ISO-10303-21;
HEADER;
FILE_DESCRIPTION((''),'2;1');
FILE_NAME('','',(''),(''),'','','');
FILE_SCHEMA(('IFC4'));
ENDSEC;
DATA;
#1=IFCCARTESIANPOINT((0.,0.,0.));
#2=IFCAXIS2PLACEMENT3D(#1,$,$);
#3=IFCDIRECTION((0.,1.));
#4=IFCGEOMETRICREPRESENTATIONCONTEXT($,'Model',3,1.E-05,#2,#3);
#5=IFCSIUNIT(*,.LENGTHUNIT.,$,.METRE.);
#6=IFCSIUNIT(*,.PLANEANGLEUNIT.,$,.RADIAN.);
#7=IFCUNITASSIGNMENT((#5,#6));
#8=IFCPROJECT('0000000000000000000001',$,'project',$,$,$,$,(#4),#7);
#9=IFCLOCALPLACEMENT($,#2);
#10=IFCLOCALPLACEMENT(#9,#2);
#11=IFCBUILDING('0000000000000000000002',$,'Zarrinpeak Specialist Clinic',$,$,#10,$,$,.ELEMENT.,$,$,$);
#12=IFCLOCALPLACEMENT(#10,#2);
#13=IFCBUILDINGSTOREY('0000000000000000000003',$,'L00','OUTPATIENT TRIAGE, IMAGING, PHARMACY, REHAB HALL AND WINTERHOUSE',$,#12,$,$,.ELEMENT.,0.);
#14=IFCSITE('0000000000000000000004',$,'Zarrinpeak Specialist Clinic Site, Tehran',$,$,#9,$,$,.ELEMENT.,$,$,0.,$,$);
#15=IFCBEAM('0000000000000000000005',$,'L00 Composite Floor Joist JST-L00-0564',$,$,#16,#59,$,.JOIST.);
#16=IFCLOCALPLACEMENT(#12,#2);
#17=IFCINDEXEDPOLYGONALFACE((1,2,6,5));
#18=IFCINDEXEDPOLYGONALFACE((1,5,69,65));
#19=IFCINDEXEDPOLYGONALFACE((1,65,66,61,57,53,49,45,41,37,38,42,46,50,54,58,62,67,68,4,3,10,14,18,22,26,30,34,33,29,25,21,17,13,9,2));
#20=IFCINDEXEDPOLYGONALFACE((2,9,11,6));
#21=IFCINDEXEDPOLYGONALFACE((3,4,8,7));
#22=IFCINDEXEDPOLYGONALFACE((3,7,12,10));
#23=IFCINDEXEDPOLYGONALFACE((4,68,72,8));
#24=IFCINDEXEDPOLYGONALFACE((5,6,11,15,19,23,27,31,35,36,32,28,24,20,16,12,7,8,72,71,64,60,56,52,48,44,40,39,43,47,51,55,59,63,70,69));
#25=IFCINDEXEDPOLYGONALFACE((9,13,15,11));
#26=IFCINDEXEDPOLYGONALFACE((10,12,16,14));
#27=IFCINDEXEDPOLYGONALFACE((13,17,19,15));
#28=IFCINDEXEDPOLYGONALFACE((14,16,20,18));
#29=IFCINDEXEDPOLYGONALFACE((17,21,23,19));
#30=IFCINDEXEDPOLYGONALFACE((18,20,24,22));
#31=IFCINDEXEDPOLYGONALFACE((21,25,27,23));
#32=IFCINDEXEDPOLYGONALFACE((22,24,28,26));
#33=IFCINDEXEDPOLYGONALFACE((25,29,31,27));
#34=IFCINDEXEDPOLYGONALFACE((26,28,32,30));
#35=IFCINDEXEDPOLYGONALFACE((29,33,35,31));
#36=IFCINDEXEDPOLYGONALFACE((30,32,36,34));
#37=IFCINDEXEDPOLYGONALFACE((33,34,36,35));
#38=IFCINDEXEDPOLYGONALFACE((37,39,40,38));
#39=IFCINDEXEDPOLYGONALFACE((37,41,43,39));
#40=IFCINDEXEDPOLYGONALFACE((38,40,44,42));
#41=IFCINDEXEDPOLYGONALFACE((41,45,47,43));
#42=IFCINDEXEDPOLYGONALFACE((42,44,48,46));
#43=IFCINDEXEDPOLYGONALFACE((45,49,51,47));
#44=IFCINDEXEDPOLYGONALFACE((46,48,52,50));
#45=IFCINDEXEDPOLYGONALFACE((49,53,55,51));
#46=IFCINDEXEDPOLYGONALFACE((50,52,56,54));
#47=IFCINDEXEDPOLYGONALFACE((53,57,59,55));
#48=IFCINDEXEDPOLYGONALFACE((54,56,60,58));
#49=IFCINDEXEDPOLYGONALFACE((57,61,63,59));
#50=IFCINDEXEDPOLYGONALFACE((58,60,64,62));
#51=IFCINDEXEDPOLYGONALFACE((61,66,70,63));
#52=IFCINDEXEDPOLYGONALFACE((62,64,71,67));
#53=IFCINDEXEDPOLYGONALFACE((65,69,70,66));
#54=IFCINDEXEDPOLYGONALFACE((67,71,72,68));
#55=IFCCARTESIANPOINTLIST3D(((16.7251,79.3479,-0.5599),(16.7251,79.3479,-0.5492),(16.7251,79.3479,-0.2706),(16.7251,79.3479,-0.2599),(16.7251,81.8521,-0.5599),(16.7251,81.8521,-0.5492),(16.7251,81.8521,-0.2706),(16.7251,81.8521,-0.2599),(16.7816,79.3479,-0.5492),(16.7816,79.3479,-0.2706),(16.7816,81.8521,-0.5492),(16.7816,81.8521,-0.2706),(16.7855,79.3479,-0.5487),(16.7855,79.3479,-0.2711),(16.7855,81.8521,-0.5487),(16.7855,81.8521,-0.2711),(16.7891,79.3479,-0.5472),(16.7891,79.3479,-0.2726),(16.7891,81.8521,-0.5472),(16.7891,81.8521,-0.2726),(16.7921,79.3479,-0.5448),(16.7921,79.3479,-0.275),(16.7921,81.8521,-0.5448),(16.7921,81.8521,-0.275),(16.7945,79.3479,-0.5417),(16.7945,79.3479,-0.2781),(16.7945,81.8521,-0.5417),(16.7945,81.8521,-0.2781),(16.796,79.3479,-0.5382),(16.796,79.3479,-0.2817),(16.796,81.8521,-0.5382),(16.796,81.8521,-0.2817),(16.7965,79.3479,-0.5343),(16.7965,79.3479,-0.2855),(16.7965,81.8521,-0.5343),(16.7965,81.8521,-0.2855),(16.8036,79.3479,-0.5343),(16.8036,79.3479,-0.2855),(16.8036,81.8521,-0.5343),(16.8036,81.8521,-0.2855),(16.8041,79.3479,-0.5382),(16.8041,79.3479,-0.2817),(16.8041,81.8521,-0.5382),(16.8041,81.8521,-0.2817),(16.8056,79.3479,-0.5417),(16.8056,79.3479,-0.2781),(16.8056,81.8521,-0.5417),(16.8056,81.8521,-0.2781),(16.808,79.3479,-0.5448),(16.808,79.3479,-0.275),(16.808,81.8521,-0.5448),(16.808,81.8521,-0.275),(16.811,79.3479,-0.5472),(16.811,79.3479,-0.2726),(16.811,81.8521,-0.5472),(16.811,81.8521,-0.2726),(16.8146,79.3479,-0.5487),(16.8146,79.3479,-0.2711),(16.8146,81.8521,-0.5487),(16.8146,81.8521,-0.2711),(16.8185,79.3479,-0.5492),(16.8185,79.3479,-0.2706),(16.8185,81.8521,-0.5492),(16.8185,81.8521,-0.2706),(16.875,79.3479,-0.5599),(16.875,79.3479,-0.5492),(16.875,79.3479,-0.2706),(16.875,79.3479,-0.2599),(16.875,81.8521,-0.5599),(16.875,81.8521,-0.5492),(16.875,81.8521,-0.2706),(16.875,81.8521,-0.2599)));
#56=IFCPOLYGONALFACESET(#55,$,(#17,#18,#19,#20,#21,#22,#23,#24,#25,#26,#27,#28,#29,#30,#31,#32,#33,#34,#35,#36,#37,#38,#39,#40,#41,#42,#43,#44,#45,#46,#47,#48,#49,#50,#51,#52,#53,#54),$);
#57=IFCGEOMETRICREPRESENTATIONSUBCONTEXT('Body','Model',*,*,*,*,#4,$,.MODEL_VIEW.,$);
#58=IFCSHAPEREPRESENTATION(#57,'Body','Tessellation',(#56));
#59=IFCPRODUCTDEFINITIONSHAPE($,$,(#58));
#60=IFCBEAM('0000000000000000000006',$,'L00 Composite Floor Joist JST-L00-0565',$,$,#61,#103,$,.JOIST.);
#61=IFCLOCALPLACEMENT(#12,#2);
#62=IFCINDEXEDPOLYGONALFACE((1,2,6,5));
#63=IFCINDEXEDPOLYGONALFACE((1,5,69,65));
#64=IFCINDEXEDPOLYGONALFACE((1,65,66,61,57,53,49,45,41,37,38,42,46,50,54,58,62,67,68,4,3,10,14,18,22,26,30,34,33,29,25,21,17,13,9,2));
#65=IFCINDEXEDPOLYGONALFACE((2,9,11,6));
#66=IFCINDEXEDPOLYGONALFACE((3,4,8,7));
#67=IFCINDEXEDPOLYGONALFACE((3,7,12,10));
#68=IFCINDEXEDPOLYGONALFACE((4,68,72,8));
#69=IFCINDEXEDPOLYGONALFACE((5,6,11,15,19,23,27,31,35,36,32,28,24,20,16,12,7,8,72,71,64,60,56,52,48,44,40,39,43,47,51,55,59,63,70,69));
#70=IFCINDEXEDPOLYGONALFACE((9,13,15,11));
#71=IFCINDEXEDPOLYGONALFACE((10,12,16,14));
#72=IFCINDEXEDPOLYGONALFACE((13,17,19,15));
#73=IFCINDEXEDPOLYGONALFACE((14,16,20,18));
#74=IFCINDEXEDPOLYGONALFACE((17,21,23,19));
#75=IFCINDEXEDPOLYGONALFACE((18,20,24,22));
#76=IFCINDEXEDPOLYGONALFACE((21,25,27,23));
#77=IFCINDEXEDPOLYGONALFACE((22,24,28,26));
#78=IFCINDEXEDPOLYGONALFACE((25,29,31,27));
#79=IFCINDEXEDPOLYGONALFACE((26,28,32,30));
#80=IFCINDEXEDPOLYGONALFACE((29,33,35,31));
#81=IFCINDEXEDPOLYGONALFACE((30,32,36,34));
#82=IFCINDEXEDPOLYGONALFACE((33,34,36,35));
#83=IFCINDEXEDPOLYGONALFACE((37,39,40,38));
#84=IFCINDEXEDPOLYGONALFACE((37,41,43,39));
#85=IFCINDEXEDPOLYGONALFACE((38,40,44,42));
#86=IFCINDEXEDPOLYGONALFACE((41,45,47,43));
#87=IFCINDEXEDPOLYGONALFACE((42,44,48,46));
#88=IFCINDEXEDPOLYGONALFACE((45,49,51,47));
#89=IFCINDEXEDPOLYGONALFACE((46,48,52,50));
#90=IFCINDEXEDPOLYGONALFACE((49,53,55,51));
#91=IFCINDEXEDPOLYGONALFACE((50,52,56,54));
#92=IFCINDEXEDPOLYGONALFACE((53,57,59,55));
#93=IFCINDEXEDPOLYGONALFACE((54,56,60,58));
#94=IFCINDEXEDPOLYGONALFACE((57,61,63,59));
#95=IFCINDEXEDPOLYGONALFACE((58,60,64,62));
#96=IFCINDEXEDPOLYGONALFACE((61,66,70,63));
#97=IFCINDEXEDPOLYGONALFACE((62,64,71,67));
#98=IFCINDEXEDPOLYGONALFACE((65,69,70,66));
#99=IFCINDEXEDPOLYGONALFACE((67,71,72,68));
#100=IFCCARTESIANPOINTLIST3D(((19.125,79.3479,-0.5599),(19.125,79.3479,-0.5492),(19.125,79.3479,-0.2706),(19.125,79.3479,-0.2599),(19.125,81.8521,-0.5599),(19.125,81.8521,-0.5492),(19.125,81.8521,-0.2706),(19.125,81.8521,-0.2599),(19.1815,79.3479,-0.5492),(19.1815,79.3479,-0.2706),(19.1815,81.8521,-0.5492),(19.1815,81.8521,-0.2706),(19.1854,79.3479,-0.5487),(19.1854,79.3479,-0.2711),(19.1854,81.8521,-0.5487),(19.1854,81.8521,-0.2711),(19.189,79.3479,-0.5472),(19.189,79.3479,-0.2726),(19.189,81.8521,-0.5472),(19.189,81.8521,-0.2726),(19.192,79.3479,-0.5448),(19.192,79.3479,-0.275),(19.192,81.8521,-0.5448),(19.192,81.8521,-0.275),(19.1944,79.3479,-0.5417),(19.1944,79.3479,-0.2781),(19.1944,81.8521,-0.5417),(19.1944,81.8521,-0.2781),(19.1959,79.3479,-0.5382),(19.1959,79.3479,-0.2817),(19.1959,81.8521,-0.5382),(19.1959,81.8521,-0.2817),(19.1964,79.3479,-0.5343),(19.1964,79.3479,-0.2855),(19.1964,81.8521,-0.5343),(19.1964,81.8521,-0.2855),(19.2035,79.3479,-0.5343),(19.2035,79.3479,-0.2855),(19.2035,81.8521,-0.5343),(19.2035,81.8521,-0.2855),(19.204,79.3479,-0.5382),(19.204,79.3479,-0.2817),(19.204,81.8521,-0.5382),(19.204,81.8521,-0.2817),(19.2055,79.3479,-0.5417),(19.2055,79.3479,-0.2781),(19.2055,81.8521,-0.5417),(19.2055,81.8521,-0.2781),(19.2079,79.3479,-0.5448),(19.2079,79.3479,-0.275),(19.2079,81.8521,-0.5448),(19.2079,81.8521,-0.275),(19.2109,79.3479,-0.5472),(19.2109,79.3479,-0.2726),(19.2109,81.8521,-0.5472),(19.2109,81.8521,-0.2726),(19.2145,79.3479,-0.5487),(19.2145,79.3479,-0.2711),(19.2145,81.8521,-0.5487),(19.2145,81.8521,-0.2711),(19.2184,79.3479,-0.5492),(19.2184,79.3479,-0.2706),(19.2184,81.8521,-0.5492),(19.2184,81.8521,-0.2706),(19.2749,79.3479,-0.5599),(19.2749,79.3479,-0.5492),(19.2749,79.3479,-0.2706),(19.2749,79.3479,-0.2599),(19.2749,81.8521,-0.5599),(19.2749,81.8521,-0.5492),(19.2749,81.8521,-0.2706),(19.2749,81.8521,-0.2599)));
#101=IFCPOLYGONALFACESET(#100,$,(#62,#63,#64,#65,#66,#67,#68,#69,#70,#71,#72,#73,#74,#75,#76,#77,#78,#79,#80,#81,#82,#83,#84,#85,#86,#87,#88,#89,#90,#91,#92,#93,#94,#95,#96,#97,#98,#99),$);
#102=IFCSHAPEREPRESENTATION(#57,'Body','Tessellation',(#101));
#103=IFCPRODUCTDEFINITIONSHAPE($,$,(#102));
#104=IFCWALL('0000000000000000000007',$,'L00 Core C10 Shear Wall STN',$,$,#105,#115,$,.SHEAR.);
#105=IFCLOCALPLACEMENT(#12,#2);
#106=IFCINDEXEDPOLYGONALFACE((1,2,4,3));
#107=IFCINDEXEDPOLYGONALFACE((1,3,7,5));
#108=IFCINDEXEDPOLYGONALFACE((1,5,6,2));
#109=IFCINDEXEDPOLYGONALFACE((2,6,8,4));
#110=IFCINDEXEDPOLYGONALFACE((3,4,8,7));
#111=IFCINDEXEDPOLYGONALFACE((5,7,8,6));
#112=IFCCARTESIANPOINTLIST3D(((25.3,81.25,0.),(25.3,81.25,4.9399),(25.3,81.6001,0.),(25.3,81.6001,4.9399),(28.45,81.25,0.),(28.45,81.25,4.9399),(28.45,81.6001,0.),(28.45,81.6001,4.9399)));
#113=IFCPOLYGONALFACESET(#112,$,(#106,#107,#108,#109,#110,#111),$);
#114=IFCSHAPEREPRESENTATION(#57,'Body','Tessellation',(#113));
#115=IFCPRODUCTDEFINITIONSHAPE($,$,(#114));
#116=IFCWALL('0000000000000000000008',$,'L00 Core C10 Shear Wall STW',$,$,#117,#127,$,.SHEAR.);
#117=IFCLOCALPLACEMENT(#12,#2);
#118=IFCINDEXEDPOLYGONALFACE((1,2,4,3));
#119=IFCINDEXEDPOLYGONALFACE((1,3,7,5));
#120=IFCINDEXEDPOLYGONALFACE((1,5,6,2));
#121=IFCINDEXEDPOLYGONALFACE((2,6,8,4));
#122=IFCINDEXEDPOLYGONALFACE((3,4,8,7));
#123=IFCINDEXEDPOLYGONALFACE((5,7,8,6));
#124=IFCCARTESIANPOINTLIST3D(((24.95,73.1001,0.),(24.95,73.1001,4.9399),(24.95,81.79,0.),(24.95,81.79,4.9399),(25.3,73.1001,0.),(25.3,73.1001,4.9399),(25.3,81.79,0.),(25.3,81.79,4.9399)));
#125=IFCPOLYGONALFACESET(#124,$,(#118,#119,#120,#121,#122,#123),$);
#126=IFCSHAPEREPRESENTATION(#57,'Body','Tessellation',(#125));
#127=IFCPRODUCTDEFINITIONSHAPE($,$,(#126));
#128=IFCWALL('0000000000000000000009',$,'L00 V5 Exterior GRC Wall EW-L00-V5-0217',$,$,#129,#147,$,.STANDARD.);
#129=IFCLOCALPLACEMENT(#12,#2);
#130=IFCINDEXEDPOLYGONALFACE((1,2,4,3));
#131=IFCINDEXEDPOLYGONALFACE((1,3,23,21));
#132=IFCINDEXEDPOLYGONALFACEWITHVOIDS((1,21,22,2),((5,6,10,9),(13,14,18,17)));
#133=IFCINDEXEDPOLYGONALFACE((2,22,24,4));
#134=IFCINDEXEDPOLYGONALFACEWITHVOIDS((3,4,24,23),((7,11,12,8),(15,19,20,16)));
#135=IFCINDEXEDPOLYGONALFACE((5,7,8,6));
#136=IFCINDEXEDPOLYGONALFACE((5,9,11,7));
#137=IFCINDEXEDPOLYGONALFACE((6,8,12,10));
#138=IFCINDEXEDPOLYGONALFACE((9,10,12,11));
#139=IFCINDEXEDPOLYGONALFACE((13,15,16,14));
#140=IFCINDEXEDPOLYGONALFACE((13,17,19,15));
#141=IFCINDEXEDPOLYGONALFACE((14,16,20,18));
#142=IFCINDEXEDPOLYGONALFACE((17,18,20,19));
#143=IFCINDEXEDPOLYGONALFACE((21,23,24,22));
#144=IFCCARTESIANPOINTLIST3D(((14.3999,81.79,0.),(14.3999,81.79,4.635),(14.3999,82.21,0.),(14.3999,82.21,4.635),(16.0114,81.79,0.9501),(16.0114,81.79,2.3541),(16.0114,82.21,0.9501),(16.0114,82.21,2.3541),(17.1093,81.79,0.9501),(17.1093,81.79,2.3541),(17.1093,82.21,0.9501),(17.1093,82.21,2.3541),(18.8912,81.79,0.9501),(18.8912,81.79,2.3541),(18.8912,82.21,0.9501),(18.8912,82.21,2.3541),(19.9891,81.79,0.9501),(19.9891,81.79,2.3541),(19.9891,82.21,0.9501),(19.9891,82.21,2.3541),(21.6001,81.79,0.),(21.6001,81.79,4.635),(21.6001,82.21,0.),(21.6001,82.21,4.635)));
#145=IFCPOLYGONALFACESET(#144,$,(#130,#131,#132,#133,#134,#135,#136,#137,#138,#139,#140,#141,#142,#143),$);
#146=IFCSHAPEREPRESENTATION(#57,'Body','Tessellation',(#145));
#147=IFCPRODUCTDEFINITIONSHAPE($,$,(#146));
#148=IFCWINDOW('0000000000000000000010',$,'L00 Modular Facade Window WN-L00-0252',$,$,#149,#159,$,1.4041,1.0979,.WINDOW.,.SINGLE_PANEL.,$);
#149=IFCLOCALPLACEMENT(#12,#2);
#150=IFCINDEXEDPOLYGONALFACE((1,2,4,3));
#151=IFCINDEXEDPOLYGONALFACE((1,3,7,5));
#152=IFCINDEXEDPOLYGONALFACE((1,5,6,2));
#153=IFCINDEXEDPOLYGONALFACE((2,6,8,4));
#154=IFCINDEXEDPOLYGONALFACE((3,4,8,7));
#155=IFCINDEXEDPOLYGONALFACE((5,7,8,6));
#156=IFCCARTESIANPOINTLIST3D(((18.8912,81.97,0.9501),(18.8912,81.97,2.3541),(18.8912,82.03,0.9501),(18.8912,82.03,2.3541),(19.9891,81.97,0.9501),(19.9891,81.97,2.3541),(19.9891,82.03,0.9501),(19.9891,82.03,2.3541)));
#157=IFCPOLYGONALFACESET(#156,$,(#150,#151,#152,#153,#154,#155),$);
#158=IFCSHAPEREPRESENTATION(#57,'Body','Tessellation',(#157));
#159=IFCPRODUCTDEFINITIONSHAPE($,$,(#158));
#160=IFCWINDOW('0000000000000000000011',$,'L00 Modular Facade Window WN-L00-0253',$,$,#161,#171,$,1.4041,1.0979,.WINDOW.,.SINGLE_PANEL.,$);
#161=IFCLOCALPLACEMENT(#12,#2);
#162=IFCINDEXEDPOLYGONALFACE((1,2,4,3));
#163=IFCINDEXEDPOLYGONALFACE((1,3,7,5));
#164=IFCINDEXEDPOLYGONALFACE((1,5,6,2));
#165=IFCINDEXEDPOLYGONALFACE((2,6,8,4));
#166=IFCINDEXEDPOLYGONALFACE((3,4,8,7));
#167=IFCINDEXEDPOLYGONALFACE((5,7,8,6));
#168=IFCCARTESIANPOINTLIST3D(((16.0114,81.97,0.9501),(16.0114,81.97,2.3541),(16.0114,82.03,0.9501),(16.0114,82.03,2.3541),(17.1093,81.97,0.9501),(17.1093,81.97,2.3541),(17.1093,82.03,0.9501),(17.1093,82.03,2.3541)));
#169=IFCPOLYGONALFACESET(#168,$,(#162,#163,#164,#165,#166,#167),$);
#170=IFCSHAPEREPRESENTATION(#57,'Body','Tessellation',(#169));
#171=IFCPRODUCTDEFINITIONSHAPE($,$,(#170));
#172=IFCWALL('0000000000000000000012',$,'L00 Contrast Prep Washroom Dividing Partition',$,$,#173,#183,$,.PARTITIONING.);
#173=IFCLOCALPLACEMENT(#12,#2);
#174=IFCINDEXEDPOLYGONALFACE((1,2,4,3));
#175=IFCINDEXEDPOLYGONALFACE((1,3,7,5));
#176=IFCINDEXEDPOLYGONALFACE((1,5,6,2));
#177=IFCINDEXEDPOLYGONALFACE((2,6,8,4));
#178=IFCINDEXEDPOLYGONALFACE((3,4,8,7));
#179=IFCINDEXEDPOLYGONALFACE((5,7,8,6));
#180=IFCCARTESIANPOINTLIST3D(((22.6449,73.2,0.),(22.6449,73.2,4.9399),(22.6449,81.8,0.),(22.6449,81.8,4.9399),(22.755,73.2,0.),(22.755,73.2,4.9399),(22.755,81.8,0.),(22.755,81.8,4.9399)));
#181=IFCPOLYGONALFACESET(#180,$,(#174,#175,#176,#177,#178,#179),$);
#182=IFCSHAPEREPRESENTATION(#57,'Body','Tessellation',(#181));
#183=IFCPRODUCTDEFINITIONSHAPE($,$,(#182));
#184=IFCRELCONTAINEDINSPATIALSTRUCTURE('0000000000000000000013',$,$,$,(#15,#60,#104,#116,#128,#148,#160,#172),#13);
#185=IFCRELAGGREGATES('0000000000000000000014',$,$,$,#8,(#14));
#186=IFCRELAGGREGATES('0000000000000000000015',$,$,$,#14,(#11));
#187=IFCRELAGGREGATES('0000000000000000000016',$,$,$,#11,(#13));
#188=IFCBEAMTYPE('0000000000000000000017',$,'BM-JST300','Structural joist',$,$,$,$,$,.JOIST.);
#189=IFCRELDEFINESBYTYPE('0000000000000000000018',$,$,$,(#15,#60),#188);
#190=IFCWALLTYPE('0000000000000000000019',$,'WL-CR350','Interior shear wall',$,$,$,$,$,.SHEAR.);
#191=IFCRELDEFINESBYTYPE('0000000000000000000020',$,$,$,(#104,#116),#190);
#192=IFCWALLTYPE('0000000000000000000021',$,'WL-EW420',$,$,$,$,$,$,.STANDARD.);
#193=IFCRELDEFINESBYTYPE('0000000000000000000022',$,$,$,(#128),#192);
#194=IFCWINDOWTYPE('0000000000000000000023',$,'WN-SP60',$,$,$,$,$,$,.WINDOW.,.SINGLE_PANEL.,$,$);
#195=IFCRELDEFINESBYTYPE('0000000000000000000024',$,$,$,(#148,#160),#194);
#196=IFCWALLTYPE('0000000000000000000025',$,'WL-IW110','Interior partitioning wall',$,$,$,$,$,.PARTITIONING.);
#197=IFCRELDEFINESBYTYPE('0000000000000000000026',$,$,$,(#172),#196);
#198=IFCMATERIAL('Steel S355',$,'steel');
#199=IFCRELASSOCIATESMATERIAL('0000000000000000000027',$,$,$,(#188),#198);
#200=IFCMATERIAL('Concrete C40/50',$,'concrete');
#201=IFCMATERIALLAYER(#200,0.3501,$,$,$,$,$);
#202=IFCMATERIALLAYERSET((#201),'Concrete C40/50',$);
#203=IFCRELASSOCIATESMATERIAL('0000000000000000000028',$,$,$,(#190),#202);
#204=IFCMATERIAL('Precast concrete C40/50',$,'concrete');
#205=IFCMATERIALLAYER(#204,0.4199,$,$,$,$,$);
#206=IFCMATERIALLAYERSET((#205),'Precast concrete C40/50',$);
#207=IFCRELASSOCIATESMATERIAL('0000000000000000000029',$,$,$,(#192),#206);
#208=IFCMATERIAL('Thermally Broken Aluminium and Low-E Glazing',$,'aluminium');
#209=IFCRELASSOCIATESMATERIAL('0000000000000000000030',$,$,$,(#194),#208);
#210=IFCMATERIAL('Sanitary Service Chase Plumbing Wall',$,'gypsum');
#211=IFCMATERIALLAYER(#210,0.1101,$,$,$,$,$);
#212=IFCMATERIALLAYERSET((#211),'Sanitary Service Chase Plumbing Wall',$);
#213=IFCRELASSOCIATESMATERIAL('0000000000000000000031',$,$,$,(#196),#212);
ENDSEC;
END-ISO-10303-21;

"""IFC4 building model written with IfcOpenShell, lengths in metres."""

from ifc_helpers import new_model, si_unit, direction, frame, frame_2d, origin, origin_2d, place, context, subcontext, project, spatial, rectangle, i_section, extrude, material, layer, layer_set, material_profile, profile_set, type_object, element, fill, save


model = new_model("IFC4")

# Units and contexts
model_context = context("Model", 3, precision=1e-05, world=origin(), true_north=direction((0.0, 1.0)))
body_context = subcontext(model_context, "Body", "Model", "MODEL_VIEW")
ifc_project = project(units=[si_unit("LENGTHUNIT", "METRE"), si_unit("PLANEANGLEUNIT", "RADIAN")], contexts=[model_context])

# Site, building, storey
site_placement = place(None, origin())
site = spatial("IfcSite", under=ifc_project, at=site_placement, Name="Zarrinpeak Specialist Clinic Site, Tehran", CompositionType="ELEMENT", RefElevation=0.0)
building_placement = place(site_placement, origin())
building = spatial("IfcBuilding", under=site, at=building_placement, Name="Zarrinpeak Specialist Clinic", CompositionType="ELEMENT")
storey_placement = place(building_placement, origin())
storey = spatial("IfcBuildingStorey", under=building, at=storey_placement, Name="L00", Description="OUTPATIENT TRIAGE, IMAGING, PHARMACY, REHAB HALL AND WINTERHOUSE", CompositionType="ELEMENT", Elevation=0.0)

# Shared definitions
ifc_material_1 = material(Name="Steel S355", Category="steel")

# Beams
ifc_material_profile_1 = material_profile(ifc_material_1, i_section(OverallWidth=0.1499, OverallDepth=0.3, WebThickness=0.0071, FlangeThickness=0.0107, FilletRadius=0.0149, at=origin_2d()), Name="IPE 300")
ifc_profile_set_1 = profile_set([ifc_material_profile_1], Name="Steel S355")
beam_type_1 = type_object("IfcBeamType", Name="BM-JST300", Description="Structural joist", PredefinedType="JOIST", material=ifc_profile_set_1)
for number, where, z_axis, x_axis, name in (
    (1, (16.8, 79.3479, -0.4099), (0.0, 1.0, 0.0), (-1.0, 0.0, 0.0), "L00 Composite Floor Joist JST-L00-0564"),
    (2, (19.2, 79.3479, -0.4099), (0.0, 1.0, 0.0), (-1.0, 0.0, 0.0), "L00 Composite Floor Joist JST-L00-0565"),
):
    element("IfcBeam", number, at=place(storey_placement, frame(where, z_axis=z_axis, x_axis=x_axis)), inside=storey, type_object=beam_type_1, Name=name, PredefinedType="JOIST", context=body_context, shape_type="SweptSolid", body=[
        extrude(i_section(OverallWidth=0.1499, OverallDepth=0.3, WebThickness=0.0071, FlangeThickness=0.0107, FilletRadius=0.0149, at=origin_2d()), origin(), (0.0, 0.0, 1.0), 2.5042),
    ])

# Shared definitions
ifc_material_2 = material(Name="Concrete C40/50", Category="concrete")
ifc_layer_1 = layer(ifc_material_2, 0.3501)
ifc_layer_set_1 = layer_set([ifc_layer_1], Name="Concrete C40/50")
wall_type_1 = type_object("IfcWallType", Name="WL-CR350", Description="Interior shear wall", PredefinedType="SHEAR", material=ifc_layer_set_1)

# Walls
wall_1_placement = place(storey_placement, frame((25.3, 81.425, 0.0), z_axis=(0.0, 0.0, 1.0), x_axis=(1.0, 0.0, 0.0)))
element("IfcWall", 3, at=wall_1_placement, inside=storey, type_object=wall_type_1, Name="L00 Core C10 Shear Wall STN", PredefinedType="SHEAR", context=body_context, shape_type="SweptSolid", body=[
    extrude(rectangle(XDim=3.1499, YDim=0.3501, at=frame_2d((1.575, 0.0))), origin(), (0.0, 0.0, 1.0), 4.9399),
])
wall_2_placement = place(storey_placement, frame((25.125, 73.1001, 0.0), z_axis=(0.0, 0.0, 1.0), x_axis=(0.0, 1.0, 0.0)))
element("IfcWall", 4, at=wall_2_placement, inside=storey, type_object=wall_type_1, Name="L00 Core C10 Shear Wall STW", PredefinedType="SHEAR", context=body_context, shape_type="SweptSolid", body=[
    extrude(rectangle(XDim=8.6899, YDim=0.3501, at=frame_2d((4.345, 0.0))), origin(), (0.0, 0.0, 1.0), 4.9399),
])

# Wall, openings, windows
ifc_material_3 = material(Name="Precast concrete C40/50", Category="concrete")
ifc_layer_2 = layer(ifc_material_3, 0.4199)
ifc_layer_set_2 = layer_set([ifc_layer_2], Name="Precast concrete C40/50")
wall_type_2 = type_object("IfcWallType", Name="WL-EW420", PredefinedType="STANDARD", material=ifc_layer_set_2)
wall_3_placement = place(storey_placement, frame((21.6001, 82.0, 0.0), z_axis=(0.0, 0.0, 1.0), x_axis=(-1.0, 0.0, 0.0)))
wall_3 = element("IfcWall", 5, at=wall_3_placement, inside=storey, type_object=wall_type_2, Name="L00 V5 Exterior GRC Wall EW-L00-V5-0217", PredefinedType="STANDARD", context=body_context, shape_type="SweptSolid", body=[
    extrude(rectangle(XDim=7.2002, YDim=0.4199, at=frame_2d((3.6001, 0.0))), origin(), (0.0, 0.0, 1.0), 4.635),
])
opening_1_placement = place(wall_3_placement, frame((1.6111, 0.0, 0.95)))
opening_1 = element("IfcOpeningElement", 6, at=opening_1_placement, cuts=wall_3, PredefinedType="OPENING", context=body_context, shape_type="SweptSolid", body=[
    extrude(rectangle(XDim=1.0979, YDim=1.4041, at=frame_2d((0.5488, 0.7021))), frame((0.0, 0.22, 0.0), z_axis=(0.0, -1.0, 0.0), x_axis=(1.0, 0.0, 0.0)), (0.0, 0.0, 1.0), 0.4399),
])
opening_2_placement = place(wall_3_placement, frame((4.491, 0.0, 0.95)))
opening_2 = element("IfcOpeningElement", 7, at=opening_2_placement, cuts=wall_3, PredefinedType="OPENING", context=body_context, shape_type="SweptSolid", body=[
    extrude(rectangle(XDim=1.0979, YDim=1.4041, at=frame_2d((0.5488, 0.7021))), frame((0.0, 0.22, 0.0), z_axis=(0.0, -1.0, 0.0), x_axis=(1.0, 0.0, 0.0)), (0.0, 0.0, 1.0), 0.4399),
])
ifc_material_4 = material(Name="Thermally Broken Aluminium and Low-E Glazing", Category="aluminium")
window_type = type_object("IfcWindowType", Name="WN-SP60", PartitioningType="SINGLE_PANEL", PredefinedType="WINDOW", material=ifc_material_4)
window_1_placement = place(opening_1_placement, origin())
window_1 = element("IfcWindow", 8, at=window_1_placement, inside=storey, type_object=window_type, Name="L00 Modular Facade Window WN-L00-0252", OverallHeight=1.4041, OverallWidth=1.0979, PartitioningType="SINGLE_PANEL", PredefinedType="WINDOW", context=body_context, shape_type="SweptSolid", body=[
    extrude(rectangle(XDim=1.0979, YDim=1.4041, at=frame_2d((0.5488, 0.7021))), frame((0.0, 0.03, 0.0), z_axis=(0.0, -1.0, 0.0), x_axis=(1.0, 0.0, 0.0)), (0.0, 0.0, 1.0), 0.0601),
])
fill(opening_1, window_1)
window_2_placement = place(opening_2_placement, origin())
window_2 = element("IfcWindow", 9, at=window_2_placement, inside=storey, type_object=window_type, Name="L00 Modular Facade Window WN-L00-0253", OverallHeight=1.4041, OverallWidth=1.0979, PartitioningType="SINGLE_PANEL", PredefinedType="WINDOW", context=body_context, shape_type="SweptSolid", body=[
    extrude(rectangle(XDim=1.0979, YDim=1.4041, at=frame_2d((0.5488, 0.7021))), frame((0.0, 0.03, 0.0), z_axis=(0.0, -1.0, 0.0), x_axis=(1.0, 0.0, 0.0)), (0.0, 0.0, 1.0), 0.0601),
])
fill(opening_2, window_2)

# Wall
ifc_material_5 = material(Name="Sanitary Service Chase Plumbing Wall", Category="gypsum")
ifc_layer_3 = layer(ifc_material_5, 0.1101)
ifc_layer_set_3 = layer_set([ifc_layer_3], Name="Sanitary Service Chase Plumbing Wall")
wall_type_3 = type_object("IfcWallType", Name="WL-IW110", Description="Interior partitioning wall", PredefinedType="PARTITIONING", material=ifc_layer_set_3)
wall_4_placement = place(storey_placement, frame((22.7, 73.2, 0.0), z_axis=(0.0, 0.0, 1.0), x_axis=(0.0, 1.0, 0.0)))
element("IfcWall", 10, at=wall_4_placement, inside=storey, type_object=wall_type_3, Name="L00 Contrast Prep Washroom Dividing Partition", PredefinedType="PARTITIONING", context=body_context, shape_type="SweptSolid", body=[
    extrude(rectangle(XDim=8.6001, YDim=0.1101, at=frame_2d((4.3, 0.0))), origin(), (0.0, 0.0, 1.0), 4.9399),
])

save(model, "model.ifc")
